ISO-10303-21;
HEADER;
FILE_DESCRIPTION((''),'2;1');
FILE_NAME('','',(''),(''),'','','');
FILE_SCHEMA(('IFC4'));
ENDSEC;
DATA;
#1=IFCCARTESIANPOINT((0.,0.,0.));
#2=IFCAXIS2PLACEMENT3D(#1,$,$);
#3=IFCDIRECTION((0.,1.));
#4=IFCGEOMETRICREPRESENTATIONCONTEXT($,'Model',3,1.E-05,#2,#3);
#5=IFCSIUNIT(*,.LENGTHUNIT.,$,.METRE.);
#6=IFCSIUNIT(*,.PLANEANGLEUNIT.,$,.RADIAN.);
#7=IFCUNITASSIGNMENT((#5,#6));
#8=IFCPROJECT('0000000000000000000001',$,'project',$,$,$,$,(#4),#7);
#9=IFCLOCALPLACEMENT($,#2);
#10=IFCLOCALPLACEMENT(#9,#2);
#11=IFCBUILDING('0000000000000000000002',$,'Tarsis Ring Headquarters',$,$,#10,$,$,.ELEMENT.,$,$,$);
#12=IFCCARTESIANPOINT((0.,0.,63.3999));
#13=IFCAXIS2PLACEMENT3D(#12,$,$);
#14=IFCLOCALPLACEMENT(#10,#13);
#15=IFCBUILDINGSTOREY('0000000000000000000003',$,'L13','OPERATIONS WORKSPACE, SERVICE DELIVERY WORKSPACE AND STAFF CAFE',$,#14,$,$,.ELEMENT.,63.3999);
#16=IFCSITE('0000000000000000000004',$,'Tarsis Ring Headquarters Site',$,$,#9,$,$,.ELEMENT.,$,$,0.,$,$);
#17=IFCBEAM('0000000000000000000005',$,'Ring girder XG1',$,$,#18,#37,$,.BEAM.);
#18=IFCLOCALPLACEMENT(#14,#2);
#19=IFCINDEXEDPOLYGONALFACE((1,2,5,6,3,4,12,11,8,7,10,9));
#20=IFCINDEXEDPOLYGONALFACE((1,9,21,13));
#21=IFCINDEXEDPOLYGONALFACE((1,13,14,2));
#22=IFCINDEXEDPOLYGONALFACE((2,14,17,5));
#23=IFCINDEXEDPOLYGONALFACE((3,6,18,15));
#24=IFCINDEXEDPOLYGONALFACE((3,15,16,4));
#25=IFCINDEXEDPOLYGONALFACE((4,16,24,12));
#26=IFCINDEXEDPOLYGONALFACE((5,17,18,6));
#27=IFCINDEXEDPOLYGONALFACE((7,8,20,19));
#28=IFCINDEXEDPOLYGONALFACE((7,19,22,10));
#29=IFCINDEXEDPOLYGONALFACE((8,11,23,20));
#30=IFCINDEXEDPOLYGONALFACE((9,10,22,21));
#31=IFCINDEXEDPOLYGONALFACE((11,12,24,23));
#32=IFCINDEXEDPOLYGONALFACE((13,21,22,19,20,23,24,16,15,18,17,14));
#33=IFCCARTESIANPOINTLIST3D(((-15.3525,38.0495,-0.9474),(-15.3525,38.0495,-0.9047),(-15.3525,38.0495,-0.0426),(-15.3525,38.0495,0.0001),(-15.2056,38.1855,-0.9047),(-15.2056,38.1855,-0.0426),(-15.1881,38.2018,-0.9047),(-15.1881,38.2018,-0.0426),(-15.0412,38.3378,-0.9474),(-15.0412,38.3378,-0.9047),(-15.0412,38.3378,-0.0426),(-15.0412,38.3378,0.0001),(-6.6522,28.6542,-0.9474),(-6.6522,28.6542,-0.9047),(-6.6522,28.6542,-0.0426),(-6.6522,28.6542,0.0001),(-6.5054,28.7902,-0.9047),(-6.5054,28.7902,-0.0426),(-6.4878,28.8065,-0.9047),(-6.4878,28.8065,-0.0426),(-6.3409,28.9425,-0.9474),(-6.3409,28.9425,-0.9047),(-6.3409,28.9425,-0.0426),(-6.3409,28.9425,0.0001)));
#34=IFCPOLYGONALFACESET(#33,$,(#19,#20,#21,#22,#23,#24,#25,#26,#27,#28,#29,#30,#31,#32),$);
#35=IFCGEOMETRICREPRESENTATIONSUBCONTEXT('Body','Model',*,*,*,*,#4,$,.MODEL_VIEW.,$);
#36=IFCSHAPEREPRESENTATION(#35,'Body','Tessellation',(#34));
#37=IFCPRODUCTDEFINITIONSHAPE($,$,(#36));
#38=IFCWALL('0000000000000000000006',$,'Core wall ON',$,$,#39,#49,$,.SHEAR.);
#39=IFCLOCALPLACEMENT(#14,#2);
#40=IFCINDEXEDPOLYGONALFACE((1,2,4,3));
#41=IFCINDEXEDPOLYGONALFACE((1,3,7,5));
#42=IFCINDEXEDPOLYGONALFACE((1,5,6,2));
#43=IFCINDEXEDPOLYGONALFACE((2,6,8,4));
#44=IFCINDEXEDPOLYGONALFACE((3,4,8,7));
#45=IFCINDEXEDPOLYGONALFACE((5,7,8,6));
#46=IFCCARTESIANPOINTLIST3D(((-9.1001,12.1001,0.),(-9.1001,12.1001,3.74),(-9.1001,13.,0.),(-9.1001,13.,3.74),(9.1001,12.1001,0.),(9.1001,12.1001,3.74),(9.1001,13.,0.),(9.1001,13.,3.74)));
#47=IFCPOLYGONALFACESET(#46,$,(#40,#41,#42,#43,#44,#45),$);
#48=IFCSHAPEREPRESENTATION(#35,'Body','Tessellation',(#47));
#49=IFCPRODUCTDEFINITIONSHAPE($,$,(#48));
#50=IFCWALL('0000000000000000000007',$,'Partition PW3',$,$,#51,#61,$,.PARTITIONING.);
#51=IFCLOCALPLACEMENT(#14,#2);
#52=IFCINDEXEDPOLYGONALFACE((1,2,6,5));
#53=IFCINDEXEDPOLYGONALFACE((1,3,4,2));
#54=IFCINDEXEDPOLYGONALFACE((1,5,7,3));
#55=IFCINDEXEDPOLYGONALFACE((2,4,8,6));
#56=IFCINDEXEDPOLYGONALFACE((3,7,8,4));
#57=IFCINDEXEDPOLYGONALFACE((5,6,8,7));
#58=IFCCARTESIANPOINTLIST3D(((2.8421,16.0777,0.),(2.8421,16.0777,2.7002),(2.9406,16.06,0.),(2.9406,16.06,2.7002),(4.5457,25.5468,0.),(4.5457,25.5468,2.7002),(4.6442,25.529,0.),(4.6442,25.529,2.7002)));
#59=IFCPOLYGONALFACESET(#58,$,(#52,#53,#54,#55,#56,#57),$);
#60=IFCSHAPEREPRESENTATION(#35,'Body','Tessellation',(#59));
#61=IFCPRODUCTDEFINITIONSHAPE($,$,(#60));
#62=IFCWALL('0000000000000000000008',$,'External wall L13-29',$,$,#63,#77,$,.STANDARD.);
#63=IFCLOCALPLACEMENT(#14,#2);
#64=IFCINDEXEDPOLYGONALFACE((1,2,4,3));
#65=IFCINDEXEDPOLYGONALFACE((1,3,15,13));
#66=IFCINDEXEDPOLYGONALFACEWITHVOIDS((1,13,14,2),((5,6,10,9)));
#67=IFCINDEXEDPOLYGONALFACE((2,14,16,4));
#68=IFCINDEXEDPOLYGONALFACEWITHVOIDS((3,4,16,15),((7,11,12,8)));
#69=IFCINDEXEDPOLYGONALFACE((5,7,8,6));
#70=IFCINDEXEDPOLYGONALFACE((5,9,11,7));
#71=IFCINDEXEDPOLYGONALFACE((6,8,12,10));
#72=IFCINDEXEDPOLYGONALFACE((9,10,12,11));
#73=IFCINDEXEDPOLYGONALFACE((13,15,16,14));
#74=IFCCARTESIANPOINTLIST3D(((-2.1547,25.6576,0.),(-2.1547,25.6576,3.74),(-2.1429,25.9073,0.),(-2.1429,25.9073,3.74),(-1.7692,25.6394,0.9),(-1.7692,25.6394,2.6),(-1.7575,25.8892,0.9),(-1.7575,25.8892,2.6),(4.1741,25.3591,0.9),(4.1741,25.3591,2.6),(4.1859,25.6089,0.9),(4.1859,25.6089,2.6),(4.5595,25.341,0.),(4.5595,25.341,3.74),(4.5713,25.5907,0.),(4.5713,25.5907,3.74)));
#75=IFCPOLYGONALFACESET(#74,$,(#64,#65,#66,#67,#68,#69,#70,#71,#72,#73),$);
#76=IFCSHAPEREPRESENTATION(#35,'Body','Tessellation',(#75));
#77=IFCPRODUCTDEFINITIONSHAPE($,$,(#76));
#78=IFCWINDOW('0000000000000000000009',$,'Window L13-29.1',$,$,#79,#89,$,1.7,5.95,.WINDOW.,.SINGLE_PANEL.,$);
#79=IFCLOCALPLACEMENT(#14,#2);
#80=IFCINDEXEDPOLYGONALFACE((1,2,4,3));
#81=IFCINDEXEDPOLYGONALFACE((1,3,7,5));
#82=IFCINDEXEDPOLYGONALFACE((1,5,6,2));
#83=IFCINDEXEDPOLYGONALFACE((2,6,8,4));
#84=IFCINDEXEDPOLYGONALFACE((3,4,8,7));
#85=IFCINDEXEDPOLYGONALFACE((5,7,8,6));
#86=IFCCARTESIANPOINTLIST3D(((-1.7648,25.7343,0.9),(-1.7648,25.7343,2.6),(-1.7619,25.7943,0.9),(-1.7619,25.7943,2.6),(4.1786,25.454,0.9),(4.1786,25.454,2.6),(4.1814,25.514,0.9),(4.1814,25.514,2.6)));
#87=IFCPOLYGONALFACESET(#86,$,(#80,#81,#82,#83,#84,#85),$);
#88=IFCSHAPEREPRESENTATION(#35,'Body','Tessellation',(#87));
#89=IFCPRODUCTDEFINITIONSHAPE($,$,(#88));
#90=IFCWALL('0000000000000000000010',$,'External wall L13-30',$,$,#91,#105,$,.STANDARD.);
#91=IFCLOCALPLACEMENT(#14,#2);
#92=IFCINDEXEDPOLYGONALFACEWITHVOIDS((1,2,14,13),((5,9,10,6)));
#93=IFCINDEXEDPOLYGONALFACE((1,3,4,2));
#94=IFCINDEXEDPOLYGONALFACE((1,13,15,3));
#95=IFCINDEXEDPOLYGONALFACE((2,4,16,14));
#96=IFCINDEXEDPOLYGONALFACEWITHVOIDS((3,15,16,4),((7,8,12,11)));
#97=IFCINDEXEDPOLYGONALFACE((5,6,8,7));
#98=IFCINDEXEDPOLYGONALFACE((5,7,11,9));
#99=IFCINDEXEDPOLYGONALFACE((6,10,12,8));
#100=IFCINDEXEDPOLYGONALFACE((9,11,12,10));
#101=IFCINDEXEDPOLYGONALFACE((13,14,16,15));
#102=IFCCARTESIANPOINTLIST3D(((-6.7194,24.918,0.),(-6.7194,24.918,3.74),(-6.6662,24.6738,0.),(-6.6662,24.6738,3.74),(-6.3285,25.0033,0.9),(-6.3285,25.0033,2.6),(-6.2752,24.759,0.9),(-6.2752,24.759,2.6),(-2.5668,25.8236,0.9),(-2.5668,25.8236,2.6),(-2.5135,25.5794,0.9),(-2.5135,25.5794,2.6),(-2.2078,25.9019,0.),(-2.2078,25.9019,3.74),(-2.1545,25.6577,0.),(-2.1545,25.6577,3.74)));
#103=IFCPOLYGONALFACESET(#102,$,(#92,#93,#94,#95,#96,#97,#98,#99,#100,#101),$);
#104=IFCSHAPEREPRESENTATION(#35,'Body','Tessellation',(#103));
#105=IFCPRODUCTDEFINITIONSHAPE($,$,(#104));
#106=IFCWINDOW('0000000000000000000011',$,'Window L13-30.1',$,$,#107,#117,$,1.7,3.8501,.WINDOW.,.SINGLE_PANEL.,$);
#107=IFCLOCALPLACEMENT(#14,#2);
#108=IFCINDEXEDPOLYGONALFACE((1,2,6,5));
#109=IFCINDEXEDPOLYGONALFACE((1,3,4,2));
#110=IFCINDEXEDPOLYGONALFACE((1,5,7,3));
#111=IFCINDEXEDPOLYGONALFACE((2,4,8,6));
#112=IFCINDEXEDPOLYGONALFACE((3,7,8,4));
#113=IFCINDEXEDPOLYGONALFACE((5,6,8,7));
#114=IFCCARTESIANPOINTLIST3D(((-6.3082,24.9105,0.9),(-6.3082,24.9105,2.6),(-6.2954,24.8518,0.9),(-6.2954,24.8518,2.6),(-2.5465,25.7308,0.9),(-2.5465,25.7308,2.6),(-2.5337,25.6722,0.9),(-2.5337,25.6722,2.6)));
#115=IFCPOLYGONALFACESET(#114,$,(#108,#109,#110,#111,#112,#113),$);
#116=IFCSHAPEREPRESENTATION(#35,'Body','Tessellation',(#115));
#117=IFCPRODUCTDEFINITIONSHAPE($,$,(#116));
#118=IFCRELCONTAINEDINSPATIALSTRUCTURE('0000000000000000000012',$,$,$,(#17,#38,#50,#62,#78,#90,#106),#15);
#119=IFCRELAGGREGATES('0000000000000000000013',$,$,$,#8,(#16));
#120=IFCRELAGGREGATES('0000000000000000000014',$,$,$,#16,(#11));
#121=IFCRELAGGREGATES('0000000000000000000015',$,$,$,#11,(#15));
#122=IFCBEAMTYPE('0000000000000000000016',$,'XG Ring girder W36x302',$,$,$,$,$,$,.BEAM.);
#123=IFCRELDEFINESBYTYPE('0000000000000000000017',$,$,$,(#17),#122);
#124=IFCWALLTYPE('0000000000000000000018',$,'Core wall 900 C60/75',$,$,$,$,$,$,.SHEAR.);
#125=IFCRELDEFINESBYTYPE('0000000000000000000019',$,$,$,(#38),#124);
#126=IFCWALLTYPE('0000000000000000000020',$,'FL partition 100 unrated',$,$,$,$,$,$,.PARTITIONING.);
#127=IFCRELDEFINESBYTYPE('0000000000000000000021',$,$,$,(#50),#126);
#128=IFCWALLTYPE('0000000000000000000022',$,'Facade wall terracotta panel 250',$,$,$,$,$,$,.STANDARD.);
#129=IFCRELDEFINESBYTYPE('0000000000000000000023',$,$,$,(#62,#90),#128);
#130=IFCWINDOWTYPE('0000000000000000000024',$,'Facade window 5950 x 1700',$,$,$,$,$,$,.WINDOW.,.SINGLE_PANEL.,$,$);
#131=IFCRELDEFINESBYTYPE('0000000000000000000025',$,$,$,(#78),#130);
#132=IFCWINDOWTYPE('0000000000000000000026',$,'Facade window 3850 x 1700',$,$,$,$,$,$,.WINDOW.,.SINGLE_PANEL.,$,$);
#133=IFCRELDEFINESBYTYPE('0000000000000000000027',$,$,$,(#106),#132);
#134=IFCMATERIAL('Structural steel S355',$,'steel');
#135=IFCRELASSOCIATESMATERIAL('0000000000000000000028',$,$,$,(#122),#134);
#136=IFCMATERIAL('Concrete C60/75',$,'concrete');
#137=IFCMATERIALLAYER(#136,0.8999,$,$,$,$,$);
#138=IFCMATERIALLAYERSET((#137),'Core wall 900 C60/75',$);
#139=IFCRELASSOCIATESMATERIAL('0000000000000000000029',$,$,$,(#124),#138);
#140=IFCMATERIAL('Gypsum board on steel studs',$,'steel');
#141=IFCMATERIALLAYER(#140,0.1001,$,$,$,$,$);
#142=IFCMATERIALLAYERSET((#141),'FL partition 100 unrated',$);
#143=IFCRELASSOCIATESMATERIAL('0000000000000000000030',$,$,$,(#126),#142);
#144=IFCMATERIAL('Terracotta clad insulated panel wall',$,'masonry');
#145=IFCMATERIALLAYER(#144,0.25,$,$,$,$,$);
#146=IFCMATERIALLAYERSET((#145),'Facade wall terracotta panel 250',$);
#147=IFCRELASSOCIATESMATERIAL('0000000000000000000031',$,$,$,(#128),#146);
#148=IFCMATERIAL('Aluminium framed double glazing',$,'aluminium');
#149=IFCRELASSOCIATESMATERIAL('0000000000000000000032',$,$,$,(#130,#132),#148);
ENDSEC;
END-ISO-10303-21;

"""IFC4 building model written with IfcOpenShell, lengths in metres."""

from ifc_helpers import new_model, si_unit, direction, frame, frame_2d, origin, origin_2d, place, context, subcontext, project, spatial, rectangle, i_section, extrude, material, layer, layer_set, material_profile, profile_set, type_object, element, fill, save


model = new_model("IFC4")

# Units and contexts
model_context = context("Model", 3, precision=1e-05, world=origin(), true_north=direction((0.0, 1.0)))
body_context = subcontext(model_context, "Body", "Model", "MODEL_VIEW")
ifc_project = project(units=[si_unit("LENGTHUNIT", "METRE"), si_unit("PLANEANGLEUNIT", "RADIAN")], contexts=[model_context])

# Site, building, storey
site_placement = place(None, origin())
site = spatial("IfcSite", under=ifc_project, at=site_placement, Name="Tarsis Ring Headquarters Site", CompositionType="ELEMENT", RefElevation=0.0)
building_placement = place(site_placement, origin())
building = spatial("IfcBuilding", under=site, at=building_placement, Name="Tarsis Ring Headquarters", CompositionType="ELEMENT")
storey_placement = place(building_placement, frame((0.0, 0.0, 63.3999)))
storey = spatial("IfcBuildingStorey", under=building, at=storey_placement, Name="L13", Description="OPERATIONS WORKSPACE, SERVICE DELIVERY WORKSPACE AND STAFF CAFE", CompositionType="ELEMENT", Elevation=63.3999)

# Beam
ifc_material_1 = material(Name="Structural steel S355", Category="steel")
ifc_material_profile_1 = material_profile(ifc_material_1, i_section(OverallWidth=0.4243, OverallDepth=0.9475, WebThickness=0.0239, FlangeThickness=0.0427, at=origin_2d()), Name="W36x302")
ifc_profile_set_1 = profile_set([ifc_material_profile_1], Name="Structural steel S355")
beam_type_1 = type_object("IfcBeamType", Name="XG Ring girder W36x302", PredefinedType="BEAM", material=ifc_profile_set_1)
beam_1_placement = place(storey_placement, frame((-6.4966, 28.7983, -0.4736), z_axis=(-0.679445, 0.733727, 0.0), x_axis=(-0.733727, -0.679445, 0.0)))
element("IfcBeam", 1, at=beam_1_placement, inside=storey, type_object=beam_type_1, Name="Ring girder XG1", PredefinedType="BEAM", context=body_context, shape_type="SweptSolid", body=[
    extrude(i_section(OverallWidth=0.4243, OverallDepth=0.9475, WebThickness=0.0239, FlangeThickness=0.0427, at=origin_2d()), origin(), (0.0, 0.0, 1.0), 12.8049),
])

# Walls
ifc_material_2 = material(Name="Concrete C60/75", Category="concrete")
ifc_layer_1 = layer(ifc_material_2, 0.8999)
ifc_layer_set_1 = layer_set([ifc_layer_1], Name="Core wall 900 C60/75")
wall_type_1 = type_object("IfcWallType", Name="Core wall 900 C60/75", PredefinedType="SHEAR", material=ifc_layer_set_1)
wall_1_placement = place(storey_placement, frame((-9.1001, 12.55, 0.0), z_axis=(0.0, 0.0, 1.0), x_axis=(1.0, 0.0, 0.0)))
element("IfcWall", 2, at=wall_1_placement, inside=storey, type_object=wall_type_1, Name="Core wall ON", PredefinedType="SHEAR", context=body_context, shape_type="SweptSolid", body=[
    extrude(rectangle(XDim=18.2002, YDim=0.8999, at=frame_2d((9.1001, 0.0))), origin(), (0.0, 0.0, 1.0), 3.74),
])
ifc_material_3 = material(Name="Gypsum board on steel studs", Category="steel")
ifc_layer_2 = layer(ifc_material_3, 0.1001)
ifc_layer_set_2 = layer_set([ifc_layer_2], Name="FL partition 100 unrated")
wall_type_2 = type_object("IfcWallType", Name="FL partition 100 unrated", PredefinedType="PARTITIONING", material=ifc_layer_set_2)
wall_2_placement = place(storey_placement, frame((2.8914, 16.0688, 0.0), z_axis=(0.0, 0.0, 1.0), x_axis=(0.177072, 0.984198, 0.0)))
element("IfcWall", 3, at=wall_2_placement, inside=storey, type_object=wall_type_2, Name="Partition PW3", PredefinedType="PARTITIONING", context=body_context, shape_type="SweptSolid", body=[
    extrude(rectangle(XDim=9.6211, YDim=0.1001, at=frame_2d((4.8105, 0.0))), origin(), (0.0, 0.0, 1.0), 2.7002),
])

# Walls, openings, windows
ifc_material_4 = material(Name="Terracotta clad insulated panel wall", Category="masonry")
ifc_layer_3 = layer(ifc_material_4, 0.25)
ifc_layer_set_3 = layer_set([ifc_layer_3], Name="Facade wall terracotta panel 250")
wall_type_3 = type_object("IfcWallType", Name="Facade wall terracotta panel 250", PredefinedType="STANDARD", material=ifc_layer_set_3)
wall_3_placement = place(storey_placement, frame((4.5654, 25.4658, 0.0), z_axis=(0.0, 0.0, 1.0), x_axis=(-0.99889, 0.04711, 0.0)))
wall_3 = element("IfcWall", 4, at=wall_3_placement, inside=storey, type_object=wall_type_3, Name="External wall L13-29", PredefinedType="STANDARD", context=body_context, shape_type="SweptSolid", body=[
    extrude(rectangle(XDim=6.7217, YDim=0.25, at=frame_2d((3.3608, 0.0))), origin(), (0.0, 0.0, 1.0), 3.74),
])
opening_1_placement = place(wall_3_placement, frame((0.3857, 0.0, 0.8999)))
opening_1 = element("IfcOpeningElement", 5, at=opening_1_placement, cuts=wall_3, PredefinedType="OPENING", context=body_context, shape_type="SweptSolid", body=[
    extrude(rectangle(XDim=5.95, YDim=1.7, at=frame_2d((2.9751, 0.8501))), frame((0.0, 0.135, 0.0), z_axis=(0.0, -1.0, 0.0), x_axis=(1.0, 0.0, 0.0)), (0.0, 0.0, 1.0), 0.27),
])
ifc_material_5 = material(Name="Aluminium framed double glazing", Category="aluminium")
window_type_1 = type_object("IfcWindowType", Name="Facade window 5950 x 1700", PartitioningType="SINGLE_PANEL", PredefinedType="WINDOW", material=ifc_material_5)
window_1_placement = place(opening_1_placement, origin())
window_1 = element("IfcWindow", 6, at=window_1_placement, inside=storey, type_object=window_type_1, Name="Window L13-29.1", OverallHeight=1.7, OverallWidth=5.95, PartitioningType="SINGLE_PANEL", PredefinedType="WINDOW", context=body_context, shape_type="SweptSolid", body=[
    extrude(rectangle(XDim=5.95, YDim=1.7, at=frame_2d((2.9751, 0.8501))), frame((0.0, 0.03, 0.0), z_axis=(0.0, -1.0, 0.0), x_axis=(1.0, 0.0, 0.0)), (0.0, 0.0, 1.0), 0.0601),
])
fill(opening_1, window_1)
wall_4_placement = place(storey_placement, frame((-2.1812, 25.7798, 0.0), z_axis=(0.0, 0.0, 1.0), x_axis=(-0.977038, -0.213066, 0.0)))
wall_4 = element("IfcWall", 7, at=wall_4_placement, inside=storey, type_object=wall_type_3, Name="External wall L13-30", PredefinedType="STANDARD", context=body_context, shape_type="SweptSolid", body=[
    extrude(rectangle(XDim=4.6177, YDim=0.25, at=frame_2d((2.3088, 0.0))), origin(), (0.0, 0.0, 1.0), 3.74),
])
opening_2_placement = place(wall_4_placement, frame((0.3674, 0.0, 0.8999)))
opening_2 = element("IfcOpeningElement", 8, at=opening_2_placement, cuts=wall_4, PredefinedType="OPENING", context=body_context, shape_type="SweptSolid", body=[
    extrude(rectangle(XDim=3.8501, YDim=1.7, at=frame_2d((1.925, 0.8501))), frame((0.0, 0.135, 0.0), z_axis=(0.0, -1.0, 0.0), x_axis=(1.0, 0.0, 0.0)), (0.0, 0.0, 1.0), 0.27),
])
window_type_2 = type_object("IfcWindowType", Name="Facade window 3850 x 1700", PartitioningType="SINGLE_PANEL", PredefinedType="WINDOW", material=ifc_material_5)
window_2_placement = place(opening_2_placement, origin())
window_2 = element("IfcWindow", 9, at=window_2_placement, inside=storey, type_object=window_type_2, Name="Window L13-30.1", OverallHeight=1.7, OverallWidth=3.8501, PartitioningType="SINGLE_PANEL", PredefinedType="WINDOW", context=body_context, shape_type="SweptSolid", body=[
    extrude(rectangle(XDim=3.8501, YDim=1.7, at=frame_2d((1.925, 0.8501))), frame((0.0, 0.03, 0.0), z_axis=(0.0, -1.0, 0.0), x_axis=(1.0, 0.0, 0.0)), (0.0, 0.0, 1.0), 0.0601),
])
fill(opening_2, window_2)

save(model, "model.ifc")
